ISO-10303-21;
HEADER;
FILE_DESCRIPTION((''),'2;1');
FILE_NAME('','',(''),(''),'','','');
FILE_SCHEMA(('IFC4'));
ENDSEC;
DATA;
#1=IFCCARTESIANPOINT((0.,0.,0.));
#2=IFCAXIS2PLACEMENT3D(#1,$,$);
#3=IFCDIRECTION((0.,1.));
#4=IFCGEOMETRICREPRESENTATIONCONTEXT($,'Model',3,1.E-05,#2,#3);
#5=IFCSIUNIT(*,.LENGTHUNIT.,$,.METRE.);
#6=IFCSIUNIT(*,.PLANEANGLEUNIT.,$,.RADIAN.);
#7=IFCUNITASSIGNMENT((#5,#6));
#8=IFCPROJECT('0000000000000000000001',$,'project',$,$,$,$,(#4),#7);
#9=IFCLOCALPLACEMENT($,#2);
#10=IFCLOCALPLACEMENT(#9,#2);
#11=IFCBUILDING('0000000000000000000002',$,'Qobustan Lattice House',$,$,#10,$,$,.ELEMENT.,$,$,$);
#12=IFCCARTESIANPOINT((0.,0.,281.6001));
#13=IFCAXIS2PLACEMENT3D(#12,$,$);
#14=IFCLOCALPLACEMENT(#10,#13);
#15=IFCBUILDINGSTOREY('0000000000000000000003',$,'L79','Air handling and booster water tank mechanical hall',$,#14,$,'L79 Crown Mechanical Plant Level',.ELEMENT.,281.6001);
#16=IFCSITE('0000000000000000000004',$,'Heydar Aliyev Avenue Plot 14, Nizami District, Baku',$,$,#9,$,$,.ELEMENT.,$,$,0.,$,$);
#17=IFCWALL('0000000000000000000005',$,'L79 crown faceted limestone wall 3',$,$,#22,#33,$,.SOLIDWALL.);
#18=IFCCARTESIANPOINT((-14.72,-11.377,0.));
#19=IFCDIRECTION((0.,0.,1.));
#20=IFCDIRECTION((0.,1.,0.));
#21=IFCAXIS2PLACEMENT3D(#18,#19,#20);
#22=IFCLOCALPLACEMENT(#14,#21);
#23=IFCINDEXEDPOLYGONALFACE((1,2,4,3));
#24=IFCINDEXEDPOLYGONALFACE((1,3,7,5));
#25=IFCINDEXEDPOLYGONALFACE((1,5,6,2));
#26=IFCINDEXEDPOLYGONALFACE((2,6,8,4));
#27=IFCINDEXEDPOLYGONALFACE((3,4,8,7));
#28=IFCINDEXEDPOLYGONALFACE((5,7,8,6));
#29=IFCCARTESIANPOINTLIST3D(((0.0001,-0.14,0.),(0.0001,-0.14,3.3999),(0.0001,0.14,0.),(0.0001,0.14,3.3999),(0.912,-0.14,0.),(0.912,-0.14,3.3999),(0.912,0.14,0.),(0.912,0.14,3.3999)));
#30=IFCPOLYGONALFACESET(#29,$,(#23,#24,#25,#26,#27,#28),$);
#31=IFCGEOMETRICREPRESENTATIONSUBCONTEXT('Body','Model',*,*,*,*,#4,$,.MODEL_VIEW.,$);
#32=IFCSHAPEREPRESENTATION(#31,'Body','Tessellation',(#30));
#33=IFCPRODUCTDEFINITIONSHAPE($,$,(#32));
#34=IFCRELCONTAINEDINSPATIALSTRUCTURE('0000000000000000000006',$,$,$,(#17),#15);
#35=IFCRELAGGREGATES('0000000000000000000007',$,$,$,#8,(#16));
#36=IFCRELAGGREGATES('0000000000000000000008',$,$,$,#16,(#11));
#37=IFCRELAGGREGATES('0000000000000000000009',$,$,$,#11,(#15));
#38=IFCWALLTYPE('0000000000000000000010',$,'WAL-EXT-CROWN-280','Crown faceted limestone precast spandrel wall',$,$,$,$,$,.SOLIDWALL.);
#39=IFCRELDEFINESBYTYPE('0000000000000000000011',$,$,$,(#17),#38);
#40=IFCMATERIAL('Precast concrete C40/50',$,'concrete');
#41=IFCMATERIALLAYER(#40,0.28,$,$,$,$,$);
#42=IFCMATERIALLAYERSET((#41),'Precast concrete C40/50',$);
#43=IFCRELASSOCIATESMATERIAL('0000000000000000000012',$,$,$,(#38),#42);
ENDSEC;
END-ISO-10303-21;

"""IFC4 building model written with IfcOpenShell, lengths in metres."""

from ifc_helpers import new_model, si_unit, direction, frame, frame_2d, origin, place, context, subcontext, project, spatial, rectangle, extrude, material, layer, layer_set, type_object, element, save


model = new_model("IFC4")

# Units and contexts
model_context = context("Model", 3, precision=1e-05, world=origin(), true_north=direction((0.0, 1.0)))
body_context = subcontext(model_context, "Body", "Model", "MODEL_VIEW")
ifc_project = project(units=[si_unit("LENGTHUNIT", "METRE"), si_unit("PLANEANGLEUNIT", "RADIAN")], contexts=[model_context])

# Site, building, storey
site_placement = place(None, origin())
site = spatial("IfcSite", under=ifc_project, at=site_placement, Name="Heydar Aliyev Avenue Plot 14, Nizami District, Baku", CompositionType="ELEMENT", RefElevation=0.0)
building_placement = place(site_placement, origin())
building = spatial("IfcBuilding", under=site, at=building_placement, Name="Qobustan Lattice House", CompositionType="ELEMENT")
storey_placement = place(building_placement, frame((0.0, 0.0, 281.6001)))
storey = spatial("IfcBuildingStorey", under=building, at=storey_placement, Name="L79", Description="Air handling and booster water tank mechanical hall", LongName="L79 Crown Mechanical Plant Level", CompositionType="ELEMENT", Elevation=281.6001)

# Wall
ifc_material_1 = material(Name="Precast concrete C40/50", Category="concrete")
ifc_layer_1 = layer(ifc_material_1, 0.28)
ifc_layer_set_1 = layer_set([ifc_layer_1], Name="Precast concrete C40/50")
wall_type = type_object("IfcWallType", Name="WAL-EXT-CROWN-280", Description="Crown faceted limestone precast spandrel wall", PredefinedType="SOLIDWALL", material=ifc_layer_set_1)
wall_1_placement = place(storey_placement, frame((-14.72, -11.377, 0.0), z_axis=(0.0, 0.0, 1.0), x_axis=(0.0, 1.0, 0.0)))
element("IfcWall", 1, at=wall_1_placement, inside=storey, type_object=wall_type, Name="L79 crown faceted limestone wall 3", PredefinedType="SOLIDWALL", context=body_context, shape_type="SweptSolid", body=[
    extrude(rectangle(XDim=0.9119, YDim=0.28, at=frame_2d((0.4561, 0.0))), origin(), (0.0, 0.0, 1.0), 3.3999),
])

save(model, "model.ifc")
